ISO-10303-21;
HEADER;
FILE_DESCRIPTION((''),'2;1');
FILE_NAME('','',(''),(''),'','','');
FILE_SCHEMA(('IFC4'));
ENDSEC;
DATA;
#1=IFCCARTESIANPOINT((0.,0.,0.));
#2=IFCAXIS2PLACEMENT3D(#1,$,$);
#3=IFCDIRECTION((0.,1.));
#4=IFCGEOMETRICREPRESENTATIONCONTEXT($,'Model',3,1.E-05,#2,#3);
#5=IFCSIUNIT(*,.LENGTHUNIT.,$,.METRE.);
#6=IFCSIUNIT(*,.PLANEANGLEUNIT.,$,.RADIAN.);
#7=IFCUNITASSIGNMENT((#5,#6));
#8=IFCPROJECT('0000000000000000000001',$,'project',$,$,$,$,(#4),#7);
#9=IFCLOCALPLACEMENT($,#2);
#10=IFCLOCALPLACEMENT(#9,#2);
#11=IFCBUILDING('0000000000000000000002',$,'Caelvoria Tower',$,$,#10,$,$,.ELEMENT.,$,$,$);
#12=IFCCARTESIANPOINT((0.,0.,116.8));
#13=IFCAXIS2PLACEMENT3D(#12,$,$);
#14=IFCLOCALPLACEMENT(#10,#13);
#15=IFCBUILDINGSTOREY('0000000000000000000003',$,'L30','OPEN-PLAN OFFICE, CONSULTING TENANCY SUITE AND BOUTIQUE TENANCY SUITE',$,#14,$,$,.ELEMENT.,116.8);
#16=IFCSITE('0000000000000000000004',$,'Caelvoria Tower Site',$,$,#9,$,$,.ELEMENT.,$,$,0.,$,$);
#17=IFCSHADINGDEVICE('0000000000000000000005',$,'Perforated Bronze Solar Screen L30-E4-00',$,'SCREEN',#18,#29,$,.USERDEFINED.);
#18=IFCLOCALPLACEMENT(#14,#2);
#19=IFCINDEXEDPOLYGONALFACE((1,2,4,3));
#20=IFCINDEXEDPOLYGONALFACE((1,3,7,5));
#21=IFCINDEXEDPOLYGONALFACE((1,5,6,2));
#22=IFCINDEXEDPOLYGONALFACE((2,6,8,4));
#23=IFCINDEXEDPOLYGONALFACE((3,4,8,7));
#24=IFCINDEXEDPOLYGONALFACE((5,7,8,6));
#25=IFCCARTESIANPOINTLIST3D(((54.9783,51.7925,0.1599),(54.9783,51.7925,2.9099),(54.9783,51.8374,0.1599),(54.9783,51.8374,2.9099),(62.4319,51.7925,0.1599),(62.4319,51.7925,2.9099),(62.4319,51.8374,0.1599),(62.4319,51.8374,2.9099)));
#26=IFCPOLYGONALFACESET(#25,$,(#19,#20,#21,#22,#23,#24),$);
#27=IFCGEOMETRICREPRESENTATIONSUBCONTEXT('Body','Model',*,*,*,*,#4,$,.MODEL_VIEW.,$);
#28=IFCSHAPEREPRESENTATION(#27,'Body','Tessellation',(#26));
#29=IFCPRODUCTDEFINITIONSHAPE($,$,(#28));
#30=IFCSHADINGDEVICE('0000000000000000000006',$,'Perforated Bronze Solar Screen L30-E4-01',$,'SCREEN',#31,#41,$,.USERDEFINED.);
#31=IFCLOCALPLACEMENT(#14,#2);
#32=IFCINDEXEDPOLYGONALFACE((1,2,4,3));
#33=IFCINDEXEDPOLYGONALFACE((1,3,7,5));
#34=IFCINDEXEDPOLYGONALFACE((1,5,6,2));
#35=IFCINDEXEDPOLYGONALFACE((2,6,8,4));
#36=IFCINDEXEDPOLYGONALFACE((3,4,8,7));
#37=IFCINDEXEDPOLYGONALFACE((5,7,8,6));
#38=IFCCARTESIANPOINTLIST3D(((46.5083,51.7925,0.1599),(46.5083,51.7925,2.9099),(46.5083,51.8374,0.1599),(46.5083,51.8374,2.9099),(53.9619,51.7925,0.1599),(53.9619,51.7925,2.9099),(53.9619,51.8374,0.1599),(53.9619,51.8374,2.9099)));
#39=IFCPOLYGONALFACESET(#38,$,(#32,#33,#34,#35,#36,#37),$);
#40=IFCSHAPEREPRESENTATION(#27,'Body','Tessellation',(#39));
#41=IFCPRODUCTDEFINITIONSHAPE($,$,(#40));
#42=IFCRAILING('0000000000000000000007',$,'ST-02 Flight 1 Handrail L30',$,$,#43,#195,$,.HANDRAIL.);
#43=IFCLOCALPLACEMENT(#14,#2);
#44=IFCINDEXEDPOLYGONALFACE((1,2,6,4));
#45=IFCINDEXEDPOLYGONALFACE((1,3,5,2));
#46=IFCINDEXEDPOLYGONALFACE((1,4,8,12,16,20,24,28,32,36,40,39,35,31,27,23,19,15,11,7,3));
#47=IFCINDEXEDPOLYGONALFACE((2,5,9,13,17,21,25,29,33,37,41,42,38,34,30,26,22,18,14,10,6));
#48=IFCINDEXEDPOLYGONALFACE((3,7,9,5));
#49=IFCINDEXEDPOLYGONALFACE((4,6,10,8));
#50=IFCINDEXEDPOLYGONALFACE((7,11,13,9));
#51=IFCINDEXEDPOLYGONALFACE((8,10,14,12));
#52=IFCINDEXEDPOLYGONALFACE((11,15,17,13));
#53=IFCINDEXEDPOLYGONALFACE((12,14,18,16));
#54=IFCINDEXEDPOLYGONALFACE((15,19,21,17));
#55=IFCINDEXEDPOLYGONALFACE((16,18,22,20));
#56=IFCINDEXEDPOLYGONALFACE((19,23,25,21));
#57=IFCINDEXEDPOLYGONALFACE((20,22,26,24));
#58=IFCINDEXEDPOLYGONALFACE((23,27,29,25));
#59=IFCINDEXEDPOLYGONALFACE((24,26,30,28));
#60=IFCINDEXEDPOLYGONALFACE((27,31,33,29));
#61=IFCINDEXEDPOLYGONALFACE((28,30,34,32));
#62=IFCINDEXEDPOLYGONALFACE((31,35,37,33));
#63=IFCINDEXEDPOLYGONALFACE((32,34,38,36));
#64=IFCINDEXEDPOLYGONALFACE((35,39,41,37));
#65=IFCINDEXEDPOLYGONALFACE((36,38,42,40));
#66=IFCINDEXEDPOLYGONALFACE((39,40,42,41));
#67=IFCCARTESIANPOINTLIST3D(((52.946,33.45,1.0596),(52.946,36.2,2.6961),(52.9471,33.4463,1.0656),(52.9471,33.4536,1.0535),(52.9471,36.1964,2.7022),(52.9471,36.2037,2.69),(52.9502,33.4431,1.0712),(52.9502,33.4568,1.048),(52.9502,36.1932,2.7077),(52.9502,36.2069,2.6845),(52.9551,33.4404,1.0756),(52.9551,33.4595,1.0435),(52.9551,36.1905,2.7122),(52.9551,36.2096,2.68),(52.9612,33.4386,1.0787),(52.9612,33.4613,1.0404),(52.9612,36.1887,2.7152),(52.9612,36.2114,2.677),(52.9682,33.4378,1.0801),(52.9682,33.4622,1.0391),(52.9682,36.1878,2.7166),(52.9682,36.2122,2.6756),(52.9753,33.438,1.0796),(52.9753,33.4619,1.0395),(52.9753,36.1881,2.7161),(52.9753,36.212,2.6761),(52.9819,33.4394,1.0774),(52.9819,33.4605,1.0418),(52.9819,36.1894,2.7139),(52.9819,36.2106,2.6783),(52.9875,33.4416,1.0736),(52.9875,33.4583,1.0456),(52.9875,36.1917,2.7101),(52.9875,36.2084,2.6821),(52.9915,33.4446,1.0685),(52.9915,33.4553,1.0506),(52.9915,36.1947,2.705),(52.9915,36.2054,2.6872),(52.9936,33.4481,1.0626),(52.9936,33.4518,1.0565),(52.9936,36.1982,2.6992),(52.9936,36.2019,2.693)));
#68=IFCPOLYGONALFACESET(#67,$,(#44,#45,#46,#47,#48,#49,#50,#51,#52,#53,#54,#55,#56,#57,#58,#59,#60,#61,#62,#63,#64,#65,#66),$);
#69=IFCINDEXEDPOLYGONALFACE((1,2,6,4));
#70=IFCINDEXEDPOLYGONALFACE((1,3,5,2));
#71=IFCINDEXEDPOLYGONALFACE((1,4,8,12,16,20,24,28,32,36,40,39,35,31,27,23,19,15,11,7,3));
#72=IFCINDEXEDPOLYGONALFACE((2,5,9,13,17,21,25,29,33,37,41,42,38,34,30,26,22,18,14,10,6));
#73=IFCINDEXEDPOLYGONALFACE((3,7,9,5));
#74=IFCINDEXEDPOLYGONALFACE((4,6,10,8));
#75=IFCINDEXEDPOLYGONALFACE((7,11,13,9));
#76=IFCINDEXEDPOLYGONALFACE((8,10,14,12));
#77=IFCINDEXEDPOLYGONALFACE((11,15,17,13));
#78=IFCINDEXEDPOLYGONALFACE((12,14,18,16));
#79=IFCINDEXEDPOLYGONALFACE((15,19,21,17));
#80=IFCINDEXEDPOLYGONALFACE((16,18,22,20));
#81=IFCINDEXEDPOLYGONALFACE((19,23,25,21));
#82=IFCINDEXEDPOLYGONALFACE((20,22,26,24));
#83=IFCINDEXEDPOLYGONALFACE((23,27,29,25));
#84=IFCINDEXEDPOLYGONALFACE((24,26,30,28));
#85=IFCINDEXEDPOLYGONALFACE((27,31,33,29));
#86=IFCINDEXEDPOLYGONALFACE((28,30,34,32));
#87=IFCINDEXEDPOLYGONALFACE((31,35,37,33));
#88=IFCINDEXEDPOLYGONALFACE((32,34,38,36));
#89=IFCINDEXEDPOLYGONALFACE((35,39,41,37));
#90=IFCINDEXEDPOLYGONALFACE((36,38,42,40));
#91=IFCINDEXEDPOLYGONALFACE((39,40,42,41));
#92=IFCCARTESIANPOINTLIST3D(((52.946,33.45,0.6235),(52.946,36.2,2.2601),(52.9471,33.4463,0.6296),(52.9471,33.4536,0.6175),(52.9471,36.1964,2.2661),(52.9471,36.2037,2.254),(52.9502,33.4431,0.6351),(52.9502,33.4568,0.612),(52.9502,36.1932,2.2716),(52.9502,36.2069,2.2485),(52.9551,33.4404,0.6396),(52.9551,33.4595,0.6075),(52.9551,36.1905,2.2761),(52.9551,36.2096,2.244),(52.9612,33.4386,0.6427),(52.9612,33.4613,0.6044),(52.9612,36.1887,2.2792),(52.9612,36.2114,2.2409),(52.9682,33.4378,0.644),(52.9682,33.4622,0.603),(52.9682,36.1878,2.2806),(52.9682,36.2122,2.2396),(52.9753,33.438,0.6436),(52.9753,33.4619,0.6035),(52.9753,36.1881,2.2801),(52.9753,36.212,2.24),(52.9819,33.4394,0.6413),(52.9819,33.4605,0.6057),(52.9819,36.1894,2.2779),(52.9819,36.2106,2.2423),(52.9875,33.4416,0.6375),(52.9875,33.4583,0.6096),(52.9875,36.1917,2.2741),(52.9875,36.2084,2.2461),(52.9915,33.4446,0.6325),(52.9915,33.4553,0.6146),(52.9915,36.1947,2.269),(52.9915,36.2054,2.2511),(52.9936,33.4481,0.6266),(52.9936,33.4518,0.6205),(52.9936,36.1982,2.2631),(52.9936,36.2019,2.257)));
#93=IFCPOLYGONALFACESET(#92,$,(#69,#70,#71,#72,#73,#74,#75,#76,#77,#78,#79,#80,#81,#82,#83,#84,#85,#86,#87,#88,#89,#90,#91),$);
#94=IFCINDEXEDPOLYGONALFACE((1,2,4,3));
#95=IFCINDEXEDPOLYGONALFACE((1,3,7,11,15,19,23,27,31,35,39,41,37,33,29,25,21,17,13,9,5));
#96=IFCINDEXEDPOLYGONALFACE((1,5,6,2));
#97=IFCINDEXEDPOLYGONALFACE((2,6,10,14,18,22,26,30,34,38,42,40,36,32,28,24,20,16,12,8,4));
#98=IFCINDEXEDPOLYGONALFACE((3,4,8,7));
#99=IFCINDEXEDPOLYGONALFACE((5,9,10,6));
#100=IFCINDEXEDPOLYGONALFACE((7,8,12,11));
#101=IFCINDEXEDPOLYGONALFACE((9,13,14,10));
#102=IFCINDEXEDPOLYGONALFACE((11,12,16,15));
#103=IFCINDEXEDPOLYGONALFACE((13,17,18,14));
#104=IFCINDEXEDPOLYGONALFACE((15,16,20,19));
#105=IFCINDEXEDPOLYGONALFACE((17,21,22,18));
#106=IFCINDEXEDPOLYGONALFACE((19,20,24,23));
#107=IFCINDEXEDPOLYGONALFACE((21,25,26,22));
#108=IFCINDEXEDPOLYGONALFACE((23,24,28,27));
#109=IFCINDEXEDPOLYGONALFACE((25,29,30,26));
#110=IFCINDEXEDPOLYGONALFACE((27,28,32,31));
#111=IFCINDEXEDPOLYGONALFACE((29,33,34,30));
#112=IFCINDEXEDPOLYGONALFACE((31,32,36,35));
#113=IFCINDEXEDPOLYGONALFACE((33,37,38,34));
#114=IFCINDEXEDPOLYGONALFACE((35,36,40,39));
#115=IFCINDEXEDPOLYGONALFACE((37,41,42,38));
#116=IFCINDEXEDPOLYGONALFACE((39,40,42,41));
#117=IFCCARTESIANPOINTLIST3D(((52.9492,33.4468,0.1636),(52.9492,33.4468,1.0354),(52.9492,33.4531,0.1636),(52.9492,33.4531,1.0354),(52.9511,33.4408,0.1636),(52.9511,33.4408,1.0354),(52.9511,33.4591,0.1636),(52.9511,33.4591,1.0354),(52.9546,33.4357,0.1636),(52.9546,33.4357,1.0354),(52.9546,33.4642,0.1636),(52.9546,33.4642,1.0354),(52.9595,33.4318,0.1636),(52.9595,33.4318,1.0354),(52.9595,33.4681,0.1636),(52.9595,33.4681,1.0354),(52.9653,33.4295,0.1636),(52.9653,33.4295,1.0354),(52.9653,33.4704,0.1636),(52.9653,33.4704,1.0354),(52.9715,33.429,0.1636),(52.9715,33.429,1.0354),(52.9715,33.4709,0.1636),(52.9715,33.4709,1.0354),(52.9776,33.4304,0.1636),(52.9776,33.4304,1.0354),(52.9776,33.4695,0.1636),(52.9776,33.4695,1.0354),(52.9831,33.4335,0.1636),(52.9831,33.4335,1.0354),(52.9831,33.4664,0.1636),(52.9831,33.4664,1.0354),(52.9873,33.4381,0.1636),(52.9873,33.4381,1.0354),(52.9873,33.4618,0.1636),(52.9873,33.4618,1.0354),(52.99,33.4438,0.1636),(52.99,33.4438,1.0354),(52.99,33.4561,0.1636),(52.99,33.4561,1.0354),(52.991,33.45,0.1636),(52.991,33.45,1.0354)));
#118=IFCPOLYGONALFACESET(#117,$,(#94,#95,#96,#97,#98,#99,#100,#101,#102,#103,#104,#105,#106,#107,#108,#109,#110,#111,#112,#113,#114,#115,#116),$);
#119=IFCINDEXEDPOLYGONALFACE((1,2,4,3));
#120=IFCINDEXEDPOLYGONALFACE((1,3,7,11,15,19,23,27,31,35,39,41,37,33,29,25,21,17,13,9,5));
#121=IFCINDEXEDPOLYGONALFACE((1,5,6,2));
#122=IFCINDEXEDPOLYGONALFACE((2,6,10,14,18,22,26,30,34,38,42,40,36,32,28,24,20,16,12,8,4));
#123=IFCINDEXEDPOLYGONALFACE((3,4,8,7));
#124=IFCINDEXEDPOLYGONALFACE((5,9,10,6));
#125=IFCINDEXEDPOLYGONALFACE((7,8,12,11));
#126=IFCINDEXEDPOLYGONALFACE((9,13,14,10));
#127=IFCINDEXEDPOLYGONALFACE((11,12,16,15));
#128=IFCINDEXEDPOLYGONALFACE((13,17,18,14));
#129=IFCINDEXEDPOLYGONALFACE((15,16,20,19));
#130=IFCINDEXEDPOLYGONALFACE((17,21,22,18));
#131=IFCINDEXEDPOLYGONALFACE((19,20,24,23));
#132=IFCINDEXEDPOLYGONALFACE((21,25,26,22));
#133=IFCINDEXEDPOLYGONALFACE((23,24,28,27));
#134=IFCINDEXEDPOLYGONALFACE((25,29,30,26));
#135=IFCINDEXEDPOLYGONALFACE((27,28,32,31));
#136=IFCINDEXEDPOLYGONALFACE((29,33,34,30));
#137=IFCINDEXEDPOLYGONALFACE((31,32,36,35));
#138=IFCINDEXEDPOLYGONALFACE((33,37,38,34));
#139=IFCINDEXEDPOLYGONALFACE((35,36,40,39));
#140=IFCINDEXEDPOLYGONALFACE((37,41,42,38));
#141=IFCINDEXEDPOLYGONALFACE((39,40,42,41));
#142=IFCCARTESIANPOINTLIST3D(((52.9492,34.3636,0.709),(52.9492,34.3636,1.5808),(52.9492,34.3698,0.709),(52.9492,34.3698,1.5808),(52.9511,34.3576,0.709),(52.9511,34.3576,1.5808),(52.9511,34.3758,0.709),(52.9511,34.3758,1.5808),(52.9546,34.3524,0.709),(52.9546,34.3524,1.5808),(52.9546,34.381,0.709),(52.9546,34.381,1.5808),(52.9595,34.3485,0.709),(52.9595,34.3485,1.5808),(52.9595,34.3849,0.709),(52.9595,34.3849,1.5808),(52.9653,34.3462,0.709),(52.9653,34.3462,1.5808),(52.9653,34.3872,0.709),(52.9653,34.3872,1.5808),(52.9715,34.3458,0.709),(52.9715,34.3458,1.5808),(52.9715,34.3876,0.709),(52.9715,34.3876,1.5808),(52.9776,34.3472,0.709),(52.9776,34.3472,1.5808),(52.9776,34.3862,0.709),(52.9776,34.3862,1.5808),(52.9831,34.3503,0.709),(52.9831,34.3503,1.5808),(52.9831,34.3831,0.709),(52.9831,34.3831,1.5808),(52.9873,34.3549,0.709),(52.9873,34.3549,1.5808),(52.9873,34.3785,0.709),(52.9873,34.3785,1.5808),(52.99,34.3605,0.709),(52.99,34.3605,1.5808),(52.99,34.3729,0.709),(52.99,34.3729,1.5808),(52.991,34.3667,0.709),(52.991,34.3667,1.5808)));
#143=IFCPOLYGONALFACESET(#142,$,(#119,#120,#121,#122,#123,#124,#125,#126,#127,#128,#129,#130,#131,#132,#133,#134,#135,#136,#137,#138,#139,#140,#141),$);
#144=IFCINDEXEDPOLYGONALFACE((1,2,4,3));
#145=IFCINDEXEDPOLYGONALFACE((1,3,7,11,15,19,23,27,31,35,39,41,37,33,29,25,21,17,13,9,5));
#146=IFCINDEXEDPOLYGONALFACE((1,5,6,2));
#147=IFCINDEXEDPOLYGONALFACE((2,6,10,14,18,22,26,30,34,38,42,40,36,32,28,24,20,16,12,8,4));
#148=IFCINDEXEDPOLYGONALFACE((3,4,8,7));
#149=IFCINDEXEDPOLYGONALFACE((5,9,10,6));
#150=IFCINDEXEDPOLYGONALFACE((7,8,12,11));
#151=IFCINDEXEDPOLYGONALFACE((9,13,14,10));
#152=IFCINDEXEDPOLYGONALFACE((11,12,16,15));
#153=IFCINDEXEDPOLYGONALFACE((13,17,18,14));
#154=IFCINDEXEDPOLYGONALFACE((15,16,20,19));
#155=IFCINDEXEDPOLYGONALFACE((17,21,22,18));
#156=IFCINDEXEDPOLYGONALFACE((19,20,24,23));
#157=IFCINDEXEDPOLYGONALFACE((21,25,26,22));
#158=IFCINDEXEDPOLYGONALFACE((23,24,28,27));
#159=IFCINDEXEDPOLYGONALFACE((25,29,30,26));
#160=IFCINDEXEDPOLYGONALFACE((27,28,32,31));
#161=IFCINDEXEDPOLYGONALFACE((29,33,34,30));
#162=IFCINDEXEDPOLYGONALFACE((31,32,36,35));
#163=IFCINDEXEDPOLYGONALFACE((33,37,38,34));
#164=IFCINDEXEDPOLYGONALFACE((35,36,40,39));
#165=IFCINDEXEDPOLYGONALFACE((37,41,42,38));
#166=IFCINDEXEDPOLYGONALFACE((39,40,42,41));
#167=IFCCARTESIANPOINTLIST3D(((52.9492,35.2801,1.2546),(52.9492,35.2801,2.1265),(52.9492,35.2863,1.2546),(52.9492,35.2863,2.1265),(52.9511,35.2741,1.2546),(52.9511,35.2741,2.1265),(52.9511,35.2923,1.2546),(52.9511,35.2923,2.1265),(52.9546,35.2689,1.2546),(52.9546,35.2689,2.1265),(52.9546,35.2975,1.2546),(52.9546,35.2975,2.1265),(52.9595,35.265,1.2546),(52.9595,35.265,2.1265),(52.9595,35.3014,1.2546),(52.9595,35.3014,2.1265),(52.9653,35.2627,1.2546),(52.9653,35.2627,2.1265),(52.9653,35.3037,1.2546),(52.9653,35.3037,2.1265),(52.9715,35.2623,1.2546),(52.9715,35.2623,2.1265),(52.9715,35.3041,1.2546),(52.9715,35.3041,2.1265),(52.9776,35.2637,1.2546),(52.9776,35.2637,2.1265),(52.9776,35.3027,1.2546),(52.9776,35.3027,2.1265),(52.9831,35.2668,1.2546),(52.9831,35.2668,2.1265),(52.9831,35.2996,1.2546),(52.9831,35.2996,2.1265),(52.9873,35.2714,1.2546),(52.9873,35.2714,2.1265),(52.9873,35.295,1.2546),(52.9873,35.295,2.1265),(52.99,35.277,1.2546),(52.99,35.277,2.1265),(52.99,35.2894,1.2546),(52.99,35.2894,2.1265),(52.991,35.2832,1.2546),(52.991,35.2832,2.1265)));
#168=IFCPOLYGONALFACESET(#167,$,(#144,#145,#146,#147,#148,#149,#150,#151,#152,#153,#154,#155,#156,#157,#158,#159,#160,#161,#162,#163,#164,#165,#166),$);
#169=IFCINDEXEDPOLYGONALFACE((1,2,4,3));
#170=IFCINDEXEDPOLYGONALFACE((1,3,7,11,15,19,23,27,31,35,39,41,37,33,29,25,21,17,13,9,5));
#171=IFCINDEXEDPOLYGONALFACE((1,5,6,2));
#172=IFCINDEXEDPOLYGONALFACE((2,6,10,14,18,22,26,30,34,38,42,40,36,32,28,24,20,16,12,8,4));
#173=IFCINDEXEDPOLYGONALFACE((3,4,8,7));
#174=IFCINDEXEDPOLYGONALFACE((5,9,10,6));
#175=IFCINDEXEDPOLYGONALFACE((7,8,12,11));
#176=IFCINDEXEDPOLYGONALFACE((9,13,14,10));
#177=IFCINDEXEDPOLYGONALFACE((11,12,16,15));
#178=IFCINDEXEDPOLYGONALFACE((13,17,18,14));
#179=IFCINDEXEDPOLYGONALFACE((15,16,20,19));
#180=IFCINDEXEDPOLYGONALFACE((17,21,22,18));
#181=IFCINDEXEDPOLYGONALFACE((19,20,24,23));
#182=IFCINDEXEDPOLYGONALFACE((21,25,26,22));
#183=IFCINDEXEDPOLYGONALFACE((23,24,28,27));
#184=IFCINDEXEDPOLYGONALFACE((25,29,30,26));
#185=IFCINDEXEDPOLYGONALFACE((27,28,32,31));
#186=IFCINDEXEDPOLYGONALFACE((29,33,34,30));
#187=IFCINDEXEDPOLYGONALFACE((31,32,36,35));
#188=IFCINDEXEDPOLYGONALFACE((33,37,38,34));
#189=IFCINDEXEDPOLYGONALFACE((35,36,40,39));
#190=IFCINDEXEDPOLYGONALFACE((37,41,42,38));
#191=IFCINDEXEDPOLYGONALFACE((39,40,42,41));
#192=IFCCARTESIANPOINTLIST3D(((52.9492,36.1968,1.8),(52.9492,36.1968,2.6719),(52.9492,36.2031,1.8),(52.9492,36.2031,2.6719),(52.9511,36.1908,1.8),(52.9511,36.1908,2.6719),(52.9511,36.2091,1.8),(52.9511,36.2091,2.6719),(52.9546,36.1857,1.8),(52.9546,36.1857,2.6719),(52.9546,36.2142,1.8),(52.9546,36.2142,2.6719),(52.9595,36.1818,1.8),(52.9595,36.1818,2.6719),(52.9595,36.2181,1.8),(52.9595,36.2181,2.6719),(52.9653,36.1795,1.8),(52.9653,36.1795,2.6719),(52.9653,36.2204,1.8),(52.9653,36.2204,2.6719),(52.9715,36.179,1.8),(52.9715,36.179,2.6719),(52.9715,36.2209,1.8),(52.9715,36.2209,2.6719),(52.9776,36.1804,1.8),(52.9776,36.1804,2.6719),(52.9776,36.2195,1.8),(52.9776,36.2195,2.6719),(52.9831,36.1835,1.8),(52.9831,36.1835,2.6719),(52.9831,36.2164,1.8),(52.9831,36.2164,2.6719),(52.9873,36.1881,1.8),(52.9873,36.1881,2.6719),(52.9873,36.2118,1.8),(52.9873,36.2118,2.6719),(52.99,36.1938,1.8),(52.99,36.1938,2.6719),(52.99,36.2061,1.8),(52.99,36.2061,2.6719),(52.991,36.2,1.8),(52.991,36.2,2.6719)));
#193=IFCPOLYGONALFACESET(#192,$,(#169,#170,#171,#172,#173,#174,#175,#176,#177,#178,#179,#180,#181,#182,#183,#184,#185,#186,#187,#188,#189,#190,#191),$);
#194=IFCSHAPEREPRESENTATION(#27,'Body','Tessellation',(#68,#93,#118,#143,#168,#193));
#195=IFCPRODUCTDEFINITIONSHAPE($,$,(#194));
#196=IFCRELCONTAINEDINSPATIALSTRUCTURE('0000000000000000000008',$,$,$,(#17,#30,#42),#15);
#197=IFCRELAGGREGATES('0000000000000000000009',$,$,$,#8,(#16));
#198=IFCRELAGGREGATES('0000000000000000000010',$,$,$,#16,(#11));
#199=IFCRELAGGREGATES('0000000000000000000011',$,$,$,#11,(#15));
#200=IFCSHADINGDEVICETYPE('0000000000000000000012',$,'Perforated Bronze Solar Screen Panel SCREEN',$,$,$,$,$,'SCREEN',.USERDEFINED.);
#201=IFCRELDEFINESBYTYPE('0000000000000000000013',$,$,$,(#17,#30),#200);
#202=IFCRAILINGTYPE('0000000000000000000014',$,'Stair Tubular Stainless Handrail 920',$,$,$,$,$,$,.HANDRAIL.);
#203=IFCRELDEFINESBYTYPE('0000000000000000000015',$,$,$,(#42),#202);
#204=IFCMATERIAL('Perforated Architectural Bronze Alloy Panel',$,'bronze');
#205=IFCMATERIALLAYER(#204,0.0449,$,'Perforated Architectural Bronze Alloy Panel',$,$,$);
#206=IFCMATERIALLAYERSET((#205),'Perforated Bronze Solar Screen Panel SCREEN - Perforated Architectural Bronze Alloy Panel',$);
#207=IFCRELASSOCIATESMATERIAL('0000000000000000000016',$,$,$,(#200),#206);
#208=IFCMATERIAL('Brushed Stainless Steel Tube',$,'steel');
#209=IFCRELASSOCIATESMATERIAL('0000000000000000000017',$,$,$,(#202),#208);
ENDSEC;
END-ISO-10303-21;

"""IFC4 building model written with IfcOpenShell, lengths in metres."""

from ifc_helpers import new_model, si_unit, direction, frame, origin, origin_2d, place, context, subcontext, project, spatial, rectangle, circle, extrude, material, layer, layer_set, type_object, element, save


model = new_model("IFC4")

# Units and contexts
model_context = context("Model", 3, precision=1e-05, world=origin(), true_north=direction((0.0, 1.0)))
body_context = subcontext(model_context, "Body", "Model", "MODEL_VIEW")
ifc_project = project(units=[si_unit("LENGTHUNIT", "METRE"), si_unit("PLANEANGLEUNIT", "RADIAN")], contexts=[model_context])

# Site, building, storey
site_placement = place(None, origin())
site = spatial("IfcSite", under=ifc_project, at=site_placement, Name="Caelvoria Tower Site", CompositionType="ELEMENT", RefElevation=0.0)
building_placement = place(site_placement, origin())
building = spatial("IfcBuilding", under=site, at=building_placement, Name="Caelvoria Tower", CompositionType="ELEMENT")
storey_placement = place(building_placement, frame((0.0, 0.0, 116.8)))
storey = spatial("IfcBuildingStorey", under=building, at=storey_placement, Name="L30", Description="OPEN-PLAN OFFICE, CONSULTING TENANCY SUITE AND BOUTIQUE TENANCY SUITE", CompositionType="ELEMENT", Elevation=116.8)

# Shading devices
ifc_material_1 = material(Name="Perforated Architectural Bronze Alloy Panel", Category="bronze")
ifc_layer_1 = layer(ifc_material_1, 0.0449, Name="Perforated Architectural Bronze Alloy Panel")
ifc_layer_set_1 = layer_set([ifc_layer_1], Name="Perforated Bronze Solar Screen Panel SCREEN - Perforated Architectural Bronze Alloy Panel")
shading_device_type = type_object("IfcShadingDeviceType", Name="Perforated Bronze Solar Screen Panel SCREEN", ElementType="SCREEN", PredefinedType="USERDEFINED", material=ifc_layer_set_1)
for number, where, z_axis, x_axis, name in (
    (1, (58.7051, 51.8149, 0.1599), (0.0, 0.0, 1.0), (-1.0, 0.0, 0.0), "Perforated Bronze Solar Screen L30-E4-00"),
    (2, (50.2351, 51.8149, 0.1599), (0.0, 0.0, 1.0), (-1.0, 0.0, 0.0), "Perforated Bronze Solar Screen L30-E4-01"),
):
    element("IfcShadingDevice", number, at=place(storey_placement, frame(where, z_axis=z_axis, x_axis=x_axis)), inside=storey, type_object=shading_device_type, Name=name, ObjectType="SCREEN", PredefinedType="USERDEFINED", context=body_context, shape_type="SweptSolid", body=[
        extrude(rectangle(XDim=7.4536, YDim=0.0449, at=origin_2d()), origin(), (0.0, 0.0, 1.0), 2.75),
    ])

# Railing
ifc_material_2 = material(Name="Brushed Stainless Steel Tube", Category="steel")
railing_type_1 = type_object("IfcRailingType", Name="Stair Tubular Stainless Handrail 920", PredefinedType="HANDRAIL", material=ifc_material_2)
railing_1_placement = place(storey_placement, frame((52.97, 33.45, 0.1636)))
element("IfcRailing", 3, at=railing_1_placement, inside=storey, type_object=railing_type_1, Name="ST-02 Flight 1 Handrail L30", PredefinedType="HANDRAIL", context=body_context, shape_type="SweptSolid", body=[
    extrude(circle(Radius=0.0239, at=origin_2d()), frame((0.0, 0.0, 0.896), z_axis=(0.0, 0.859352, 0.511385), x_axis=(-1.0, 0.0, 0.0)), (0.0, 0.0, 1.0), 3.2002),
    extrude(circle(Radius=0.0239, at=origin_2d()), frame((0.0, 0.0, 0.46), z_axis=(0.0, 0.859352, 0.511385), x_axis=(-1.0, 0.0, 0.0)), (0.0, 0.0, 1.0), 3.2002),
    extrude(circle(Radius=0.021, at=origin_2d()), origin(), (0.0, 0.0, 1.0), 0.8718),
    extrude(circle(Radius=0.021, at=origin_2d()), frame((0.0, 0.9167, 0.5454)), (0.0, 0.0, 1.0), 0.8718),
    extrude(circle(Radius=0.021, at=origin_2d()), frame((0.0, 1.8333, 1.0911)), (0.0, 0.0, 1.0), 0.8718),
    extrude(circle(Radius=0.021, at=origin_2d()), frame((0.0, 2.75, 1.6365)), (0.0, 0.0, 1.0), 0.8718),
])

save(model, "model.ifc")
